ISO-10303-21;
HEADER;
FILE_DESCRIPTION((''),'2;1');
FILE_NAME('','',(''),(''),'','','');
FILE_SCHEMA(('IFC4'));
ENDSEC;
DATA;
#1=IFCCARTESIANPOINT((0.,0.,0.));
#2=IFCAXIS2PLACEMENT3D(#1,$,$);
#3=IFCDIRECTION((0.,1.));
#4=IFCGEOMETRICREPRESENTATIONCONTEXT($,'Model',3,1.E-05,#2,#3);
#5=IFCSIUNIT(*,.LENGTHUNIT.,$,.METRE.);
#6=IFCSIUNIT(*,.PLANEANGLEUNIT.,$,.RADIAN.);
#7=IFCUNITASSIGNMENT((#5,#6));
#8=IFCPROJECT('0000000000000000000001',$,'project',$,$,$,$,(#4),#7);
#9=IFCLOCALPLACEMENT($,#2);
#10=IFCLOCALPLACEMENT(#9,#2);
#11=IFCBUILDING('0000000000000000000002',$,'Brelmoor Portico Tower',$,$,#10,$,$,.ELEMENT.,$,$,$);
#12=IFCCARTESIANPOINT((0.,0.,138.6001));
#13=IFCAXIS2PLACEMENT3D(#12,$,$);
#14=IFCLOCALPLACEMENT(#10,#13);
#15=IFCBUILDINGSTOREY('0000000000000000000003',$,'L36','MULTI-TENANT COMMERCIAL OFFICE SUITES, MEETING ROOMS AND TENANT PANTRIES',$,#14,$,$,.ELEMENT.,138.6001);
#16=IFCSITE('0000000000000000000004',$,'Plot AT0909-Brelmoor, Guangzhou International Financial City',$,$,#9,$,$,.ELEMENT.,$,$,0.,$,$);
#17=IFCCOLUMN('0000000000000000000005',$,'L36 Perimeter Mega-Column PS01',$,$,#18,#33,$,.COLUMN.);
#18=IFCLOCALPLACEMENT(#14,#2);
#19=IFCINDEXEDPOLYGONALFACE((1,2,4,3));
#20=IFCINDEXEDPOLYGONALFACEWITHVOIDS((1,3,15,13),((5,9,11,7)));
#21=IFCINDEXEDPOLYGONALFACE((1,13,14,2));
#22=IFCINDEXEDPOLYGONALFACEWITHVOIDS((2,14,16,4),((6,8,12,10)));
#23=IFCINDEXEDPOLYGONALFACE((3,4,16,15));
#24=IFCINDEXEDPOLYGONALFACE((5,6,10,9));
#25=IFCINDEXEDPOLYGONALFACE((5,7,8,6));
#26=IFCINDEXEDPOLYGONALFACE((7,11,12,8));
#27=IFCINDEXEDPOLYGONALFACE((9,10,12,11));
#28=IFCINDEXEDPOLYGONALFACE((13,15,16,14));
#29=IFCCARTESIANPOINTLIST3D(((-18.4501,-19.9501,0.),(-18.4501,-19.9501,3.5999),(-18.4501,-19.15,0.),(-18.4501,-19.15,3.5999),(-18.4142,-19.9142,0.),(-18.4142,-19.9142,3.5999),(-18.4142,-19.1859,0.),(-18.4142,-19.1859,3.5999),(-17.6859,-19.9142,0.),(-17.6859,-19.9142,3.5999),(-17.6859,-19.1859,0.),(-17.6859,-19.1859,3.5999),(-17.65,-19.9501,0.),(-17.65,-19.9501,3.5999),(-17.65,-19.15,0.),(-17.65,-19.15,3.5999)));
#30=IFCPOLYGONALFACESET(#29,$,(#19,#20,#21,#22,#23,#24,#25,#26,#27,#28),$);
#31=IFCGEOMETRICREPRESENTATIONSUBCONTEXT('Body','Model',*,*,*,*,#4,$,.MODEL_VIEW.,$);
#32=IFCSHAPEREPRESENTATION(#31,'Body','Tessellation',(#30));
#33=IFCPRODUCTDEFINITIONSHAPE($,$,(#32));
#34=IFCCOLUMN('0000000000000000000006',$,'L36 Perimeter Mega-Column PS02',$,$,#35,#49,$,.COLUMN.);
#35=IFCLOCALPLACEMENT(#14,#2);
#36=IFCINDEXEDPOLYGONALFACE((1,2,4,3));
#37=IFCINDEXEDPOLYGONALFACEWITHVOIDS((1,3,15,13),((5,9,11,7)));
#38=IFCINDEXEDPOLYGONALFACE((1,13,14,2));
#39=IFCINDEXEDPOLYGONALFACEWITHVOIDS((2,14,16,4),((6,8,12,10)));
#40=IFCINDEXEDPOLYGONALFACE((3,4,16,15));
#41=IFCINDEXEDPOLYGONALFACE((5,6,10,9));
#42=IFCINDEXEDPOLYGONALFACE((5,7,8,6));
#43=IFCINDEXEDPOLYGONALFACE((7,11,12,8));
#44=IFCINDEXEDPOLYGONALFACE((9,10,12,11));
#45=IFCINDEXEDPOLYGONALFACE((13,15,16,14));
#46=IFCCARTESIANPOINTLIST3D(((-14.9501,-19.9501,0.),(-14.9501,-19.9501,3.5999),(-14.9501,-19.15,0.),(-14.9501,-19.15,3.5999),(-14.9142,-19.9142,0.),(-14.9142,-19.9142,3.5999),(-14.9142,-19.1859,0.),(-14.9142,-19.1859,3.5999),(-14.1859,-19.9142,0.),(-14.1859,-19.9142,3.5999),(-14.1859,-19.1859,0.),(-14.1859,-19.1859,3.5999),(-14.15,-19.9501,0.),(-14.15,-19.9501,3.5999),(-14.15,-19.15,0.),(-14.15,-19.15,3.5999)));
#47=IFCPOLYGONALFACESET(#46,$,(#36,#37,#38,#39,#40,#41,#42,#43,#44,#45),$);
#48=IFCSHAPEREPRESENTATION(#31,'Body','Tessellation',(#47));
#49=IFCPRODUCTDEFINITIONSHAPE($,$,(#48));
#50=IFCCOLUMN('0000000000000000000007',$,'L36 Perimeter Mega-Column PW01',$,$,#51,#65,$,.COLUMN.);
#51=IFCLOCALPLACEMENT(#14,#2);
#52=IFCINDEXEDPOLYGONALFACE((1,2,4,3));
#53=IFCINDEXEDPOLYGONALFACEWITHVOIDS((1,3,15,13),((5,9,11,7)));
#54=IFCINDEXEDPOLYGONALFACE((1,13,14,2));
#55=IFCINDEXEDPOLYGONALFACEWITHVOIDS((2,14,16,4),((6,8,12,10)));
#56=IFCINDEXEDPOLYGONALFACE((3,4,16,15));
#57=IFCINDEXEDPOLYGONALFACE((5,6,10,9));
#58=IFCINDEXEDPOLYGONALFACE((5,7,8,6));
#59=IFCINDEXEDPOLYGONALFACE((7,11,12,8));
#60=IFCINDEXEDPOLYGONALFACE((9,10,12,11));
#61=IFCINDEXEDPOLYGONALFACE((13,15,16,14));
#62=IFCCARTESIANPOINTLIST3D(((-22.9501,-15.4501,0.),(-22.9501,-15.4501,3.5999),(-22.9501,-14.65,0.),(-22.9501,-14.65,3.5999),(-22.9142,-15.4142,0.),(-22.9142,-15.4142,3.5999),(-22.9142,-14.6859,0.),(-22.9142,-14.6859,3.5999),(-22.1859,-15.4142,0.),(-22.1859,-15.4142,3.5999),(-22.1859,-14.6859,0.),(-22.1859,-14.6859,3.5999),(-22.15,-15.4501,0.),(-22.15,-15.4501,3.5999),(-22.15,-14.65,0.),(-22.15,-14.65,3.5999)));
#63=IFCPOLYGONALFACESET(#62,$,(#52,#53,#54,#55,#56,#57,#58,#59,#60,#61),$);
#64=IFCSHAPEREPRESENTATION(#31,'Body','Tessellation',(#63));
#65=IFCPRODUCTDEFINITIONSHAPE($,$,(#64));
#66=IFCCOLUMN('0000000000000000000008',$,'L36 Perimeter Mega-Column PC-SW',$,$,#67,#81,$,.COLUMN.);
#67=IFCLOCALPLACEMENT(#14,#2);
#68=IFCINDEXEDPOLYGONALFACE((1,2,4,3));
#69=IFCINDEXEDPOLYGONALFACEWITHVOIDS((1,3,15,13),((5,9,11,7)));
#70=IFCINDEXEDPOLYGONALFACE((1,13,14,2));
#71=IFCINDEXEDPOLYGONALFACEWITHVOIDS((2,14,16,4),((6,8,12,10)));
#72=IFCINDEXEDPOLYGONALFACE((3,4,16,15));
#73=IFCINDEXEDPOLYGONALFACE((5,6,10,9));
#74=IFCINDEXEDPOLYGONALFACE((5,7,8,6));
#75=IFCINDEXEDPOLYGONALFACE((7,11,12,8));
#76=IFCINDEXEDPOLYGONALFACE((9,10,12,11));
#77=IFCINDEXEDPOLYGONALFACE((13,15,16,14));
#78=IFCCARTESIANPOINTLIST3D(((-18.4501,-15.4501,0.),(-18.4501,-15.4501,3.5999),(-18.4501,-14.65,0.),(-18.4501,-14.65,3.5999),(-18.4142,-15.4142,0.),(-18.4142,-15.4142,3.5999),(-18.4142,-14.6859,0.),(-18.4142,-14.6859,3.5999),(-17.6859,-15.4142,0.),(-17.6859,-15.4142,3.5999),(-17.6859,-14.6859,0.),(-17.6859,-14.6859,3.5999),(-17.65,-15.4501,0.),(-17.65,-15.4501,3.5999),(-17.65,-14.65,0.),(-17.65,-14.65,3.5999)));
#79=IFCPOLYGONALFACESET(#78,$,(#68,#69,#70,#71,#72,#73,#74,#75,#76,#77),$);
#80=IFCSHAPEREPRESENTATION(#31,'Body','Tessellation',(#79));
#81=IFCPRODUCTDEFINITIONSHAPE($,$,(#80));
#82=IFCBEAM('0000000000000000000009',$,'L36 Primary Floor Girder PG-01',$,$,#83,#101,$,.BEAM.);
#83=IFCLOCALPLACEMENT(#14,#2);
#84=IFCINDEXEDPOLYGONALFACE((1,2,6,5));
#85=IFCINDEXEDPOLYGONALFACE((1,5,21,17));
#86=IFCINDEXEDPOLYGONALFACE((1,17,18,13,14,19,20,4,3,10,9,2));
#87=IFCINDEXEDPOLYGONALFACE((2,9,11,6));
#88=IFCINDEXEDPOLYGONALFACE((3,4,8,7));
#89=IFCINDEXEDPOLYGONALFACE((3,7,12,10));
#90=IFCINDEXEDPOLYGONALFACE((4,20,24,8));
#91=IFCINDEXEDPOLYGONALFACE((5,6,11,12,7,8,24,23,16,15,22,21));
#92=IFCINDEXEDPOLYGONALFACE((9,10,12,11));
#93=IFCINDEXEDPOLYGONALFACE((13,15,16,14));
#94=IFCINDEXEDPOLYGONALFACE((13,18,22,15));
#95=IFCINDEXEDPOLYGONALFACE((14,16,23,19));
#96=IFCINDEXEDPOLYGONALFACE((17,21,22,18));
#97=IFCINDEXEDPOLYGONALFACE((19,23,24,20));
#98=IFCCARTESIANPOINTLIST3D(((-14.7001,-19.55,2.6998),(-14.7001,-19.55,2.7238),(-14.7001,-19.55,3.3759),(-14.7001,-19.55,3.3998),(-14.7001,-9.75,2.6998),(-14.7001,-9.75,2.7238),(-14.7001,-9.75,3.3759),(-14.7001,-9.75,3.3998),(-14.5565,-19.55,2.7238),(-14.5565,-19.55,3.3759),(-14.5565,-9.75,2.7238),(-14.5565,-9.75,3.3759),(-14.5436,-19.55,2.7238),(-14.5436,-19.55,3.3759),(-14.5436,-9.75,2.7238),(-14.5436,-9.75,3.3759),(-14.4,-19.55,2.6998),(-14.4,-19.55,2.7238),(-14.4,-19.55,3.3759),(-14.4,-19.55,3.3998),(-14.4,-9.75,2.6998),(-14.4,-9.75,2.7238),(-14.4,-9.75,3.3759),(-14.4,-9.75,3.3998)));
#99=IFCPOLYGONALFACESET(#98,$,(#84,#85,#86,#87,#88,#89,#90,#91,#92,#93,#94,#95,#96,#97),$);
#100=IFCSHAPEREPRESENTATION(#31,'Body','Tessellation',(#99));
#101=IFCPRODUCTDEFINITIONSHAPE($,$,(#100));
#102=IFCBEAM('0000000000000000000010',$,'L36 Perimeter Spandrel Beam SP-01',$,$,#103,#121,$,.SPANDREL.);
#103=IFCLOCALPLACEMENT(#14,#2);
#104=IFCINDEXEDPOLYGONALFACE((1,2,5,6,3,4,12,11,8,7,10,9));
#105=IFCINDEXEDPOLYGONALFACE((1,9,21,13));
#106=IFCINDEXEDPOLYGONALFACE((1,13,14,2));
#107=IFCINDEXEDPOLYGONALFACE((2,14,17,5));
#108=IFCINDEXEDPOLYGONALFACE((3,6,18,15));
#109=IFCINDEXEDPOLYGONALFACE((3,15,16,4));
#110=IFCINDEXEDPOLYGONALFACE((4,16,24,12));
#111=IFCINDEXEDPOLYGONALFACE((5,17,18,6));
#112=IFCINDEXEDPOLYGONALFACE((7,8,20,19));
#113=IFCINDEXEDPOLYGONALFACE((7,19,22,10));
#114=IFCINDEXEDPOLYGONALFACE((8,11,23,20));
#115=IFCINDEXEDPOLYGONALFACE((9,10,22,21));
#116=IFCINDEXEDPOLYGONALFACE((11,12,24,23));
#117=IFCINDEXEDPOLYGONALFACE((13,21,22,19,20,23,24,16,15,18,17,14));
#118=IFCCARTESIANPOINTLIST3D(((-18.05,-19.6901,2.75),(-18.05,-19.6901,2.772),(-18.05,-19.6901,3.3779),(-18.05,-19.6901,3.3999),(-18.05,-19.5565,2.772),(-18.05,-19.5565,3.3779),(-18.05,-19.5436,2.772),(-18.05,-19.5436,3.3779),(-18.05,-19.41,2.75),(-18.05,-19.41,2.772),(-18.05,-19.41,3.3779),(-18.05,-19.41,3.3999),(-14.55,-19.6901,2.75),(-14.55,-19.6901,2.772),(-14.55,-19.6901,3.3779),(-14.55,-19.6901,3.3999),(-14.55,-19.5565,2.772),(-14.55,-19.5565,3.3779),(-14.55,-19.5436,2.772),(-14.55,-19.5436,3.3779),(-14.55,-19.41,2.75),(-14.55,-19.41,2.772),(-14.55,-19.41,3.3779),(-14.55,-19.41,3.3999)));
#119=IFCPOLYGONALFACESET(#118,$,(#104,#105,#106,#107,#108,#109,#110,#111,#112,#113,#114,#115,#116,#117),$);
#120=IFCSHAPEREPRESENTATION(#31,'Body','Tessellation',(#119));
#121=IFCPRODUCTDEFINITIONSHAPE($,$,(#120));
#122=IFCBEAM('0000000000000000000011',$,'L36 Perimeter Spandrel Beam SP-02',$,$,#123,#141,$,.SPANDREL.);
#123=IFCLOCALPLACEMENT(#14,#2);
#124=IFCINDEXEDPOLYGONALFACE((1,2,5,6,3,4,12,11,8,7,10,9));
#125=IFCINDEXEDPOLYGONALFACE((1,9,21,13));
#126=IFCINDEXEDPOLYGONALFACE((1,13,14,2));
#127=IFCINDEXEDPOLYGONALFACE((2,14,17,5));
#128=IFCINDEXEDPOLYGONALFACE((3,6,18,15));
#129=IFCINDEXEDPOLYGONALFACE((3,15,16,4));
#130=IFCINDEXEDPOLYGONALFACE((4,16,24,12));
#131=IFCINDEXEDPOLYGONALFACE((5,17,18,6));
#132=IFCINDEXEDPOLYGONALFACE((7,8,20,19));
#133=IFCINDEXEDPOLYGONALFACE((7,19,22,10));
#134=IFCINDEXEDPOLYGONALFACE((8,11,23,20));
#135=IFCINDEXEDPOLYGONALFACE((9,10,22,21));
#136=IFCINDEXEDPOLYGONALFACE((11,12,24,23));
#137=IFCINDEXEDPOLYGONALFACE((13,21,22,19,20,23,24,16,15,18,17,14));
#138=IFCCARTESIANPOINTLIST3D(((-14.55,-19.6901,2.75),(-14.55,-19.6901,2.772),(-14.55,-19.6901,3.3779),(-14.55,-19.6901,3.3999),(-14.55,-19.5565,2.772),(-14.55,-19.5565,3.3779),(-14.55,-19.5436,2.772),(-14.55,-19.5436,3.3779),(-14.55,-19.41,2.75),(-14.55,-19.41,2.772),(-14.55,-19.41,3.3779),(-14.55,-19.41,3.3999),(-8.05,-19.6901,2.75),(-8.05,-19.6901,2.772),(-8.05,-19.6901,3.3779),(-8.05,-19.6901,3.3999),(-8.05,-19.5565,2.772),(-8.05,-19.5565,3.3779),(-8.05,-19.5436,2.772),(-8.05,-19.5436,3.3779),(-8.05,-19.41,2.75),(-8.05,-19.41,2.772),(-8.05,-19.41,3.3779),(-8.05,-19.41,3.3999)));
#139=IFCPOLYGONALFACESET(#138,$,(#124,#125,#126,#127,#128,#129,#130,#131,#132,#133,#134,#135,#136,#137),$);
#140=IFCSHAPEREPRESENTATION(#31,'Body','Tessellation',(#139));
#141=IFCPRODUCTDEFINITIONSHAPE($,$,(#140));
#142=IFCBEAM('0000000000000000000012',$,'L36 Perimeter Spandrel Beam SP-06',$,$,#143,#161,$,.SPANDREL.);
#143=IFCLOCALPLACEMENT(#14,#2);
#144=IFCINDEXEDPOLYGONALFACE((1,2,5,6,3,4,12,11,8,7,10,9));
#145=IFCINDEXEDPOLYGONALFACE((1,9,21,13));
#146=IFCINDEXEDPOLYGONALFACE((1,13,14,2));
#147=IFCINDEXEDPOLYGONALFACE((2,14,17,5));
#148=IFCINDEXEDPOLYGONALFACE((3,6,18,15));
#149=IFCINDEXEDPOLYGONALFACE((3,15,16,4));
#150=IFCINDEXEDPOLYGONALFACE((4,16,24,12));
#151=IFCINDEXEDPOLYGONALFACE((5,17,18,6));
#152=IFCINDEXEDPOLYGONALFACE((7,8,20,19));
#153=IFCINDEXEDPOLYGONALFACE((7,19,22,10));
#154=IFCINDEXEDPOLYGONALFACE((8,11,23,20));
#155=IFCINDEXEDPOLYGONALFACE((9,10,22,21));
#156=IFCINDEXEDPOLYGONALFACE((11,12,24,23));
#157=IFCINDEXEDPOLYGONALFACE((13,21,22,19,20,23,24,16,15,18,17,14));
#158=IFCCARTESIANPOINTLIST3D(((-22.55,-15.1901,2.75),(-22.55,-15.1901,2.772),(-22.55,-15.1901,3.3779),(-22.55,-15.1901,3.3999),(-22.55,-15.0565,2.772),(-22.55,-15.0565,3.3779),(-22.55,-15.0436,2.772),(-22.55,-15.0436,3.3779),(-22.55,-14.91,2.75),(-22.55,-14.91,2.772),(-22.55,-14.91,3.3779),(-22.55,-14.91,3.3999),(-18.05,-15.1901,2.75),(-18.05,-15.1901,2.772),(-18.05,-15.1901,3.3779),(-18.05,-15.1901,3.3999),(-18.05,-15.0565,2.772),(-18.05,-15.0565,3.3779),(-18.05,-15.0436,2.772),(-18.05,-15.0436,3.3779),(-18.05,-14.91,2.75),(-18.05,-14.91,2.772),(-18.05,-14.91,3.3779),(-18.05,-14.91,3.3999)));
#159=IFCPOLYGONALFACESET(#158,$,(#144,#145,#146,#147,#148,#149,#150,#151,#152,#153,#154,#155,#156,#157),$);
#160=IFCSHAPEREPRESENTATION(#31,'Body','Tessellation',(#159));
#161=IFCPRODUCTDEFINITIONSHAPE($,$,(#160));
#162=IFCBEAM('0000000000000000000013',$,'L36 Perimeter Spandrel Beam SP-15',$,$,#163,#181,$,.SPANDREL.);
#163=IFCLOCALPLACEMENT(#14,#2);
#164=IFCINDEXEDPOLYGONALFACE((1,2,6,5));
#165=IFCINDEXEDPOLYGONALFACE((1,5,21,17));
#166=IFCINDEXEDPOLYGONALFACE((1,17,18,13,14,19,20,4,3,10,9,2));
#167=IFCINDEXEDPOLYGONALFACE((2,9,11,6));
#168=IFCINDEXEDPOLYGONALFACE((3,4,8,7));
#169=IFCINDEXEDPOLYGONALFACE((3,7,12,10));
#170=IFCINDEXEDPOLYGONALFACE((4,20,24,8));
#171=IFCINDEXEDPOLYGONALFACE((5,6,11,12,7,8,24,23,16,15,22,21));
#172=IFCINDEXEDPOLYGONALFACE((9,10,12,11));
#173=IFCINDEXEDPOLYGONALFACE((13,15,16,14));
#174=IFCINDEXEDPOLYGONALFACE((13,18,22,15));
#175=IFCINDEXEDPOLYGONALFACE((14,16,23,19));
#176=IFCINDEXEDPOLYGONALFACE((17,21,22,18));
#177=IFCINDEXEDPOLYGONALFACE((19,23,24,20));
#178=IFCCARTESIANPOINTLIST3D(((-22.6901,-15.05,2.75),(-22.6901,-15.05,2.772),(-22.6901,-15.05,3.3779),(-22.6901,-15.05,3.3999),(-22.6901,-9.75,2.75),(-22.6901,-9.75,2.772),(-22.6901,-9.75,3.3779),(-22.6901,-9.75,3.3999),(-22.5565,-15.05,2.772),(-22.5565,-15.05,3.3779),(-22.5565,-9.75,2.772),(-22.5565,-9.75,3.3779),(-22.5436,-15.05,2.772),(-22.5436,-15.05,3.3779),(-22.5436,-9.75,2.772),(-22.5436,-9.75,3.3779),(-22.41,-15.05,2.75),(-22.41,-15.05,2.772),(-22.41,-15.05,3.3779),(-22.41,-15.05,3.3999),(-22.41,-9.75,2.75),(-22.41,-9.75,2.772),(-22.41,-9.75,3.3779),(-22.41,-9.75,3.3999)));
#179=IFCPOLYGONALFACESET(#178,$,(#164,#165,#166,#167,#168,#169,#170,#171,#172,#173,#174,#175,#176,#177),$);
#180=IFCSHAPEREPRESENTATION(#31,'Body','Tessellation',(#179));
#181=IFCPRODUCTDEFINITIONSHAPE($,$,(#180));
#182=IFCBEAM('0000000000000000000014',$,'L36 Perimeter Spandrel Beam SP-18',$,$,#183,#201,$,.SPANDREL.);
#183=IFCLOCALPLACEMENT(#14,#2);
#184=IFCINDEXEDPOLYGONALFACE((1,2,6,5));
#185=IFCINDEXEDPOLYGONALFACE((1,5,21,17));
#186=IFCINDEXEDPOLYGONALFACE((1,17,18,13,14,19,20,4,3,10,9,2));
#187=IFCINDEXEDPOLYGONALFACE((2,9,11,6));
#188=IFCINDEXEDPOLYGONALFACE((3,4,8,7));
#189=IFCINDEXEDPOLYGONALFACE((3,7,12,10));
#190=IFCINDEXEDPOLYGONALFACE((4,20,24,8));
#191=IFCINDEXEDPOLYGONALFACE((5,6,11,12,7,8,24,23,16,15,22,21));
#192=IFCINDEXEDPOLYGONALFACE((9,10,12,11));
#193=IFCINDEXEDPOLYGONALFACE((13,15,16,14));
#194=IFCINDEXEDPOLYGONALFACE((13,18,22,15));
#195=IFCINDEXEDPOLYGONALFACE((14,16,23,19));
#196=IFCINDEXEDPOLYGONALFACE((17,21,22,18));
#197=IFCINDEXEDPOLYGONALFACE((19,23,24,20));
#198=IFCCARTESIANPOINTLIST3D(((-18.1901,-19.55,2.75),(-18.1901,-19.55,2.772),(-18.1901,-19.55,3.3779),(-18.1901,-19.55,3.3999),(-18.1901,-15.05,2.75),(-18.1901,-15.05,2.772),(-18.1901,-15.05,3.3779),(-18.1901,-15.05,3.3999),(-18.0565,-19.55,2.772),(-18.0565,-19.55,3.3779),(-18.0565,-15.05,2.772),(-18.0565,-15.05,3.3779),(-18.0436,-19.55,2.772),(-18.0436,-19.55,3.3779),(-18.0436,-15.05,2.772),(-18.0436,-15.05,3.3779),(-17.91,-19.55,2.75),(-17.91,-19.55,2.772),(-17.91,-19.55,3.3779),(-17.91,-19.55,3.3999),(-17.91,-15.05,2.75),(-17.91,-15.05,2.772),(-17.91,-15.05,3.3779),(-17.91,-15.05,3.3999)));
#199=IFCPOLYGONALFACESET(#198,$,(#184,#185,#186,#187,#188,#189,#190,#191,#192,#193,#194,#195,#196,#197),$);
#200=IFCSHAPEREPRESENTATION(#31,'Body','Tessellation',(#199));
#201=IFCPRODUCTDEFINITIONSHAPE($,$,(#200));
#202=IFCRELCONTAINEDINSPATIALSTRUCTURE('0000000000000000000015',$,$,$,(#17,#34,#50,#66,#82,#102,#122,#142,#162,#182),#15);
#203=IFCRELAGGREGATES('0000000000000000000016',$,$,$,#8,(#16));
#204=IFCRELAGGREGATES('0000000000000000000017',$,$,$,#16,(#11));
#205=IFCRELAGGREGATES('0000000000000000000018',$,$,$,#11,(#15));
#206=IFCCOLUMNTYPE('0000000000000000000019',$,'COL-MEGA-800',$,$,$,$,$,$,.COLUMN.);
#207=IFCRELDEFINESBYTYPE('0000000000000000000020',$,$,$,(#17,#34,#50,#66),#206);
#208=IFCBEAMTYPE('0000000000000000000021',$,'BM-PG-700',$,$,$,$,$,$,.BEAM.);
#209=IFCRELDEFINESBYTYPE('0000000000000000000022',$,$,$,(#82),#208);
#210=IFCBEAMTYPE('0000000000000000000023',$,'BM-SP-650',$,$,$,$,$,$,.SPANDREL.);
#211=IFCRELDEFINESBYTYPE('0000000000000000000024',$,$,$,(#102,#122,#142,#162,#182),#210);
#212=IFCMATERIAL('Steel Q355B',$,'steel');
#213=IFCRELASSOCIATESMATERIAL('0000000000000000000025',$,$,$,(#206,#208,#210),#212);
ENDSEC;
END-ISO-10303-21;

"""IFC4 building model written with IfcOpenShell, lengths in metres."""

from ifc_helpers import new_model, si_unit, direction, frame, origin, origin_2d, place, context, subcontext, project, spatial, hollow_rectangle, i_section, extrude, material, material_profile, profile_set, type_object, element, save


model = new_model("IFC4")

# Units and contexts
model_context = context("Model", 3, precision=1e-05, world=origin(), true_north=direction((0.0, 1.0)))
body_context = subcontext(model_context, "Body", "Model", "MODEL_VIEW")
ifc_project = project(units=[si_unit("LENGTHUNIT", "METRE"), si_unit("PLANEANGLEUNIT", "RADIAN")], contexts=[model_context])

# Site, building, storey
site_placement = place(None, origin())
site = spatial("IfcSite", under=ifc_project, at=site_placement, Name="Plot AT0909-Brelmoor, Guangzhou International Financial City", CompositionType="ELEMENT", RefElevation=0.0)
building_placement = place(site_placement, origin())
building = spatial("IfcBuilding", under=site, at=building_placement, Name="Brelmoor Portico Tower", CompositionType="ELEMENT")
storey_placement = place(building_placement, frame((0.0, 0.0, 138.6001)))
storey = spatial("IfcBuildingStorey", under=building, at=storey_placement, Name="L36", Description="MULTI-TENANT COMMERCIAL OFFICE SUITES, MEETING ROOMS AND TENANT PANTRIES", CompositionType="ELEMENT", Elevation=138.6001)

# Columns
ifc_material_1 = material(Name="Steel Q355B", Category="steel")
ifc_material_profile_1 = material_profile(ifc_material_1, hollow_rectangle(XDim=0.8, YDim=0.8, WallThickness=0.0359, at=origin_2d()), Name="BOX 800x800x36")
ifc_profile_set_1 = profile_set([ifc_material_profile_1], Name="Steel Q355B")
column_type = type_object("IfcColumnType", Name="COL-MEGA-800", PredefinedType="COLUMN", material=ifc_profile_set_1)
for number, where, z_axis, x_axis, name in (
    (1, (-18.05, -19.55, 0.0), (0.0, 0.0, 1.0), (1.0, 0.0, 0.0), "L36 Perimeter Mega-Column PS01"),
    (2, (-14.55, -19.55, 0.0), (0.0, 0.0, 1.0), (1.0, 0.0, 0.0), "L36 Perimeter Mega-Column PS02"),
    (3, (-22.55, -15.05, 0.0), (0.0, 0.0, 1.0), (0.0, 1.0, 0.0), "L36 Perimeter Mega-Column PW01"),
    (4, (-18.05, -15.05, 0.0), (0.0, 0.0, 1.0), (1.0, 0.0, 0.0), "L36 Perimeter Mega-Column PC-SW"),
):
    element("IfcColumn", number, at=place(storey_placement, frame(where, z_axis=z_axis, x_axis=x_axis)), inside=storey, type_object=column_type, Name=name, PredefinedType="COLUMN", context=body_context, shape_type="SweptSolid", body=[
        extrude(hollow_rectangle(XDim=0.8, YDim=0.8, WallThickness=0.0359, at=origin_2d()), origin(), (0.0, 0.0, 1.0), 3.5999),
    ])

# Beams
ifc_material_profile_2 = material_profile(ifc_material_1, i_section(OverallWidth=0.3, OverallDepth=0.7, WebThickness=0.0129, FlangeThickness=0.0239, at=origin_2d()), Name="HN 700x300x13x24")
ifc_profile_set_2 = profile_set([ifc_material_profile_2], Name="Steel Q355B")
beam_type_1 = type_object("IfcBeamType", Name="BM-PG-700", PredefinedType="BEAM", material=ifc_profile_set_2)
beam_1_placement = place(storey_placement, frame((-14.55, -19.55, 3.0498), z_axis=(0.0, 1.0, 0.0), x_axis=(-1.0, 0.0, 0.0)))
element("IfcBeam", 5, at=beam_1_placement, inside=storey, type_object=beam_type_1, Name="L36 Primary Floor Girder PG-01", PredefinedType="BEAM", context=body_context, shape_type="SweptSolid", body=[
    extrude(i_section(OverallWidth=0.3, OverallDepth=0.7, WebThickness=0.0129, FlangeThickness=0.0239, at=origin_2d()), origin(), (0.0, 0.0, 1.0), 9.8),
])
ifc_material_profile_3 = material_profile(ifc_material_1, i_section(OverallWidth=0.28, OverallDepth=0.6499, WebThickness=0.0129, FlangeThickness=0.022, at=origin_2d()), Name="HN 650x280x13x22")
ifc_profile_set_3 = profile_set([ifc_material_profile_3], Name="Steel Q355B")
beam_type_2 = type_object("IfcBeamType", Name="BM-SP-650", PredefinedType="SPANDREL", material=ifc_profile_set_3)
beam_2_placement = place(storey_placement, frame((-18.05, -19.55, 3.075), z_axis=(1.0, 0.0, 0.0), x_axis=(0.0, 1.0, 0.0)))
element("IfcBeam", 6, at=beam_2_placement, inside=storey, type_object=beam_type_2, Name="L36 Perimeter Spandrel Beam SP-01", PredefinedType="SPANDREL", context=body_context, shape_type="SweptSolid", body=[
    extrude(i_section(OverallWidth=0.28, OverallDepth=0.6499, WebThickness=0.0129, FlangeThickness=0.022, at=origin_2d()), origin(), (0.0, 0.0, 1.0), 3.5),
])
beam_3_placement = place(storey_placement, frame((-14.55, -19.55, 3.075), z_axis=(1.0, 0.0, 0.0), x_axis=(0.0, 1.0, 0.0)))
element("IfcBeam", 7, at=beam_3_placement, inside=storey, type_object=beam_type_2, Name="L36 Perimeter Spandrel Beam SP-02", PredefinedType="SPANDREL", context=body_context, shape_type="SweptSolid", body=[
    extrude(i_section(OverallWidth=0.28, OverallDepth=0.6499, WebThickness=0.0129, FlangeThickness=0.022, at=origin_2d()), origin(), (0.0, 0.0, 1.0), 6.5),
])
beam_4_placement = place(storey_placement, frame((-22.55, -15.05, 3.075), z_axis=(1.0, 0.0, 0.0), x_axis=(0.0, 1.0, 0.0)))
element("IfcBeam", 8, at=beam_4_placement, inside=storey, type_object=beam_type_2, Name="L36 Perimeter Spandrel Beam SP-06", PredefinedType="SPANDREL", context=body_context, shape_type="SweptSolid", body=[
    extrude(i_section(OverallWidth=0.28, OverallDepth=0.6499, WebThickness=0.0129, FlangeThickness=0.022, at=origin_2d()), origin(), (0.0, 0.0, 1.0), 4.5),
])
beam_5_placement = place(storey_placement, frame((-22.55, -15.05, 3.075), z_axis=(0.0, 1.0, 0.0), x_axis=(-1.0, 0.0, 0.0)))
element("IfcBeam", 9, at=beam_5_placement, inside=storey, type_object=beam_type_2, Name="L36 Perimeter Spandrel Beam SP-15", PredefinedType="SPANDREL", context=body_context, shape_type="SweptSolid", body=[
    extrude(i_section(OverallWidth=0.28, OverallDepth=0.6499, WebThickness=0.0129, FlangeThickness=0.022, at=origin_2d()), origin(), (0.0, 0.0, 1.0), 5.3),
])
beam_6_placement = place(storey_placement, frame((-18.05, -19.55, 3.075), z_axis=(0.0, 1.0, 0.0), x_axis=(-1.0, 0.0, 0.0)))
element("IfcBeam", 10, at=beam_6_placement, inside=storey, type_object=beam_type_2, Name="L36 Perimeter Spandrel Beam SP-18", PredefinedType="SPANDREL", context=body_context, shape_type="SweptSolid", body=[
    extrude(i_section(OverallWidth=0.28, OverallDepth=0.6499, WebThickness=0.0129, FlangeThickness=0.022, at=origin_2d()), origin(), (0.0, 0.0, 1.0), 4.5),
])

save(model, "model.ifc")
